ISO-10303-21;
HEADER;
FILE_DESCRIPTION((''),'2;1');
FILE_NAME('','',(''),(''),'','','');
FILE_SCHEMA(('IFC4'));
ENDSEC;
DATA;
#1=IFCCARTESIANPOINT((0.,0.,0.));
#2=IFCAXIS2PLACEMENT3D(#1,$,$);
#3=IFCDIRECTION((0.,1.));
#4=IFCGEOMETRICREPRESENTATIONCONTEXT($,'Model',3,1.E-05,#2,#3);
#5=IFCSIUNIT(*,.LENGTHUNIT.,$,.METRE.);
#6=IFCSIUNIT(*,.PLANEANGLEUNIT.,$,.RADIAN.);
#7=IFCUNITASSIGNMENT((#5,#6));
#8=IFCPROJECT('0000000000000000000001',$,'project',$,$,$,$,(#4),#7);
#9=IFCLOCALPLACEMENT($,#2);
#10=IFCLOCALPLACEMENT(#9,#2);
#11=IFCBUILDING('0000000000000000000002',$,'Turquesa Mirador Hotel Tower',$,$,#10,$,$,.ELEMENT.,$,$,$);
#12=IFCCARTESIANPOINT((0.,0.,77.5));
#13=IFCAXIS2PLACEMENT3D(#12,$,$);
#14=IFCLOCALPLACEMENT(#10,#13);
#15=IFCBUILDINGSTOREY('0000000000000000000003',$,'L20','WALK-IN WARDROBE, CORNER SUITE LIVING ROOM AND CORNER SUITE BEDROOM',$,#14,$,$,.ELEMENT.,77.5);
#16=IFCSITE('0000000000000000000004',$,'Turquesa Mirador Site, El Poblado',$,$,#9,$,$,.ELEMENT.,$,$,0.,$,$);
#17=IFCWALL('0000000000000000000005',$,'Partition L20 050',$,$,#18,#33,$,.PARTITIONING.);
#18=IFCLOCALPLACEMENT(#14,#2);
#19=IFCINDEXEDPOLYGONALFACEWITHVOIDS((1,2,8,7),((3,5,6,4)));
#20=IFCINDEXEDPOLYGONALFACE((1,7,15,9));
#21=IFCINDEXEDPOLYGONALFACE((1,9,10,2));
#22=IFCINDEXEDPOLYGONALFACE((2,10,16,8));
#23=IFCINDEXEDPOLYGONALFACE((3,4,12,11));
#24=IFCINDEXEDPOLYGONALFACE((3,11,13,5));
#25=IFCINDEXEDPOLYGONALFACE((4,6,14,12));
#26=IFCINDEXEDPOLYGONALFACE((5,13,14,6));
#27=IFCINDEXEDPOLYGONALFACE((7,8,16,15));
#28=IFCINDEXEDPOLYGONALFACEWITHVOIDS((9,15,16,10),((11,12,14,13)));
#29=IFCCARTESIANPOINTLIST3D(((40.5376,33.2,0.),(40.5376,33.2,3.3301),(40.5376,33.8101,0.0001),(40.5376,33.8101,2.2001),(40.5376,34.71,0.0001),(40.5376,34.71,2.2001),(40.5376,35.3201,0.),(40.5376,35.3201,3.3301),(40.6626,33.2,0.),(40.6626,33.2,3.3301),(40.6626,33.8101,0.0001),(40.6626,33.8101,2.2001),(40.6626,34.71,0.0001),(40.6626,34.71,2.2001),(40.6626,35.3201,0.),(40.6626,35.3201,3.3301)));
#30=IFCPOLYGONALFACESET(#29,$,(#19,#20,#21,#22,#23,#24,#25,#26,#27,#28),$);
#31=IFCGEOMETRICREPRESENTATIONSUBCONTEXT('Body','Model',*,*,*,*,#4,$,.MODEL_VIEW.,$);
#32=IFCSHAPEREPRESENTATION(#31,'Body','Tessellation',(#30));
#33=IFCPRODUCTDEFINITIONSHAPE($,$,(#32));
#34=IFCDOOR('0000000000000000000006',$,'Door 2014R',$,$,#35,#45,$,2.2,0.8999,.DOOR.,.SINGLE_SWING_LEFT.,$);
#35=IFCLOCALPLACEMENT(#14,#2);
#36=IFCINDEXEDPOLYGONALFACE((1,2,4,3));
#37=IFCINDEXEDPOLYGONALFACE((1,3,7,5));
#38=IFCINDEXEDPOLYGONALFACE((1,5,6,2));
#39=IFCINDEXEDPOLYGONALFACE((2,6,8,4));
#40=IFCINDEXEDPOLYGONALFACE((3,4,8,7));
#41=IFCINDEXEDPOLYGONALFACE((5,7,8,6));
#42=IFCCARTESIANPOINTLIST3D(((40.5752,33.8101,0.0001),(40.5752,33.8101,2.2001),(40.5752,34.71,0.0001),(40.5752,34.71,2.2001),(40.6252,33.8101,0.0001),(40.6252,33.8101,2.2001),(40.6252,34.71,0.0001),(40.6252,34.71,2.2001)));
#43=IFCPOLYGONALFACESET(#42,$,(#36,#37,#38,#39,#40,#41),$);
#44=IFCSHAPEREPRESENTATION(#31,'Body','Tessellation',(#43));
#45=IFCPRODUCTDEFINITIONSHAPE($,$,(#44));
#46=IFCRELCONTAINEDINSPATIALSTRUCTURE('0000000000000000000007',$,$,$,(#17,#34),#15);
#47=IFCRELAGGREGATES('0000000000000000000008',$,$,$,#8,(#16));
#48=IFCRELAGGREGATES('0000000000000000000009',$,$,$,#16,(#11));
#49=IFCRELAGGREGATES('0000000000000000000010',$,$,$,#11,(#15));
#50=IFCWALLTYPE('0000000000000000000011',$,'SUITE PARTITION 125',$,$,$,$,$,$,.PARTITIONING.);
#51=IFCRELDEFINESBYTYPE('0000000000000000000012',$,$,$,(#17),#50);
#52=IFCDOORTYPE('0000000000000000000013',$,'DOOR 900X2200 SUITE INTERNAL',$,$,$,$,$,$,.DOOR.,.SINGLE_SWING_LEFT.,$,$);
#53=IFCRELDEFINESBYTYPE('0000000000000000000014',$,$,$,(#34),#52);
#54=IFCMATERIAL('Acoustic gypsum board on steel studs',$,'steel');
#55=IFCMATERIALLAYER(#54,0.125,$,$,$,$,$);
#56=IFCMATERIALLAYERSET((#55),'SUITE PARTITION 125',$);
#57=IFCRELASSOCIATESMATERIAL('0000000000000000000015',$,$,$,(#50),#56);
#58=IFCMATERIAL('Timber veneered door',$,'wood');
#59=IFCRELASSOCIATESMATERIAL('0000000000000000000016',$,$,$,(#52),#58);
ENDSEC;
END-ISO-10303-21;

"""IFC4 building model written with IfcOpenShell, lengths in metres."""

from ifc_helpers import new_model, si_unit, direction, frame, frame_2d, origin, place, context, subcontext, project, spatial, rectangle, extrude, material, layer, layer_set, type_object, element, fill, save


model = new_model("IFC4")

# Units and contexts
model_context = context("Model", 3, precision=1e-05, world=origin(), true_north=direction((0.0, 1.0)))
body_context = subcontext(model_context, "Body", "Model", "MODEL_VIEW")
ifc_project = project(units=[si_unit("LENGTHUNIT", "METRE"), si_unit("PLANEANGLEUNIT", "RADIAN")], contexts=[model_context])

# Site, building, storey
site_placement = place(None, origin())
site = spatial("IfcSite", under=ifc_project, at=site_placement, Name="Turquesa Mirador Site, El Poblado", CompositionType="ELEMENT", RefElevation=0.0)
building_placement = place(site_placement, origin())
building = spatial("IfcBuilding", under=site, at=building_placement, Name="Turquesa Mirador Hotel Tower", CompositionType="ELEMENT")
storey_placement = place(building_placement, frame((0.0, 0.0, 77.5)))
storey = spatial("IfcBuildingStorey", under=building, at=storey_placement, Name="L20", Description="WALK-IN WARDROBE, CORNER SUITE LIVING ROOM AND CORNER SUITE BEDROOM", CompositionType="ELEMENT", Elevation=77.5)

# Wall, opening, door
ifc_material_1 = material(Name="Acoustic gypsum board on steel studs", Category="steel")
ifc_layer_1 = layer(ifc_material_1, 0.125)
ifc_layer_set_1 = layer_set([ifc_layer_1], Name="SUITE PARTITION 125")
wall_type_1 = type_object("IfcWallType", Name="SUITE PARTITION 125", PredefinedType="PARTITIONING", material=ifc_layer_set_1)
ifc_material_2 = material(Name="Timber veneered door", Category="wood")
door_type_1 = type_object("IfcDoorType", Name="DOOR 900X2200 SUITE INTERNAL", OperationType="SINGLE_SWING_LEFT", PredefinedType="DOOR", material=ifc_material_2)
wall_1_placement = place(storey_placement, frame((40.6001, 33.2, 0.0), z_axis=(0.0, 0.0, 1.0), x_axis=(0.0, 1.0, 0.0)))
wall_1 = element("IfcWall", 1, at=wall_1_placement, inside=storey, type_object=wall_type_1, Name="Partition L20 050", PredefinedType="PARTITIONING", context=body_context, shape_type="SweptSolid", body=[
    extrude(rectangle(XDim=2.1201, YDim=0.125, at=frame_2d((1.0601, 0.0))), origin(), (0.0, 0.0, 1.0), 3.3301),
])
opening_1_placement = place(wall_1_placement, frame((0.6101, 0.0, 0.0)))
opening_1 = element("IfcOpeningElement", 2, at=opening_1_placement, cuts=wall_1, PredefinedType="OPENING", context=body_context, shape_type="SweptSolid", body=[
    extrude(rectangle(XDim=0.8999, YDim=2.2, at=frame_2d((0.45, 1.1001))), frame((0.0, 0.0725, 0.0), z_axis=(0.0, -1.0, 0.0), x_axis=(1.0, 0.0, 0.0)), (0.0, 0.0, 1.0), 0.145),
])
door_1_placement = place(opening_1_placement, origin())
door_1 = element("IfcDoor", 3, at=door_1_placement, inside=storey, type_object=door_type_1, Name="Door 2014R", OperationType="SINGLE_SWING_LEFT", OverallHeight=2.2, OverallWidth=0.8999, PredefinedType="DOOR", context=body_context, shape_type="SweptSolid", body=[
    extrude(rectangle(XDim=0.8999, YDim=2.2, at=frame_2d((0.45, 1.1001))), frame((0.0, 0.0249, 0.0), z_axis=(0.0, -1.0, 0.0), x_axis=(1.0, 0.0, 0.0)), (0.0, 0.0, 1.0), 0.05),
])
fill(opening_1, door_1)

save(model, "model.ifc")
